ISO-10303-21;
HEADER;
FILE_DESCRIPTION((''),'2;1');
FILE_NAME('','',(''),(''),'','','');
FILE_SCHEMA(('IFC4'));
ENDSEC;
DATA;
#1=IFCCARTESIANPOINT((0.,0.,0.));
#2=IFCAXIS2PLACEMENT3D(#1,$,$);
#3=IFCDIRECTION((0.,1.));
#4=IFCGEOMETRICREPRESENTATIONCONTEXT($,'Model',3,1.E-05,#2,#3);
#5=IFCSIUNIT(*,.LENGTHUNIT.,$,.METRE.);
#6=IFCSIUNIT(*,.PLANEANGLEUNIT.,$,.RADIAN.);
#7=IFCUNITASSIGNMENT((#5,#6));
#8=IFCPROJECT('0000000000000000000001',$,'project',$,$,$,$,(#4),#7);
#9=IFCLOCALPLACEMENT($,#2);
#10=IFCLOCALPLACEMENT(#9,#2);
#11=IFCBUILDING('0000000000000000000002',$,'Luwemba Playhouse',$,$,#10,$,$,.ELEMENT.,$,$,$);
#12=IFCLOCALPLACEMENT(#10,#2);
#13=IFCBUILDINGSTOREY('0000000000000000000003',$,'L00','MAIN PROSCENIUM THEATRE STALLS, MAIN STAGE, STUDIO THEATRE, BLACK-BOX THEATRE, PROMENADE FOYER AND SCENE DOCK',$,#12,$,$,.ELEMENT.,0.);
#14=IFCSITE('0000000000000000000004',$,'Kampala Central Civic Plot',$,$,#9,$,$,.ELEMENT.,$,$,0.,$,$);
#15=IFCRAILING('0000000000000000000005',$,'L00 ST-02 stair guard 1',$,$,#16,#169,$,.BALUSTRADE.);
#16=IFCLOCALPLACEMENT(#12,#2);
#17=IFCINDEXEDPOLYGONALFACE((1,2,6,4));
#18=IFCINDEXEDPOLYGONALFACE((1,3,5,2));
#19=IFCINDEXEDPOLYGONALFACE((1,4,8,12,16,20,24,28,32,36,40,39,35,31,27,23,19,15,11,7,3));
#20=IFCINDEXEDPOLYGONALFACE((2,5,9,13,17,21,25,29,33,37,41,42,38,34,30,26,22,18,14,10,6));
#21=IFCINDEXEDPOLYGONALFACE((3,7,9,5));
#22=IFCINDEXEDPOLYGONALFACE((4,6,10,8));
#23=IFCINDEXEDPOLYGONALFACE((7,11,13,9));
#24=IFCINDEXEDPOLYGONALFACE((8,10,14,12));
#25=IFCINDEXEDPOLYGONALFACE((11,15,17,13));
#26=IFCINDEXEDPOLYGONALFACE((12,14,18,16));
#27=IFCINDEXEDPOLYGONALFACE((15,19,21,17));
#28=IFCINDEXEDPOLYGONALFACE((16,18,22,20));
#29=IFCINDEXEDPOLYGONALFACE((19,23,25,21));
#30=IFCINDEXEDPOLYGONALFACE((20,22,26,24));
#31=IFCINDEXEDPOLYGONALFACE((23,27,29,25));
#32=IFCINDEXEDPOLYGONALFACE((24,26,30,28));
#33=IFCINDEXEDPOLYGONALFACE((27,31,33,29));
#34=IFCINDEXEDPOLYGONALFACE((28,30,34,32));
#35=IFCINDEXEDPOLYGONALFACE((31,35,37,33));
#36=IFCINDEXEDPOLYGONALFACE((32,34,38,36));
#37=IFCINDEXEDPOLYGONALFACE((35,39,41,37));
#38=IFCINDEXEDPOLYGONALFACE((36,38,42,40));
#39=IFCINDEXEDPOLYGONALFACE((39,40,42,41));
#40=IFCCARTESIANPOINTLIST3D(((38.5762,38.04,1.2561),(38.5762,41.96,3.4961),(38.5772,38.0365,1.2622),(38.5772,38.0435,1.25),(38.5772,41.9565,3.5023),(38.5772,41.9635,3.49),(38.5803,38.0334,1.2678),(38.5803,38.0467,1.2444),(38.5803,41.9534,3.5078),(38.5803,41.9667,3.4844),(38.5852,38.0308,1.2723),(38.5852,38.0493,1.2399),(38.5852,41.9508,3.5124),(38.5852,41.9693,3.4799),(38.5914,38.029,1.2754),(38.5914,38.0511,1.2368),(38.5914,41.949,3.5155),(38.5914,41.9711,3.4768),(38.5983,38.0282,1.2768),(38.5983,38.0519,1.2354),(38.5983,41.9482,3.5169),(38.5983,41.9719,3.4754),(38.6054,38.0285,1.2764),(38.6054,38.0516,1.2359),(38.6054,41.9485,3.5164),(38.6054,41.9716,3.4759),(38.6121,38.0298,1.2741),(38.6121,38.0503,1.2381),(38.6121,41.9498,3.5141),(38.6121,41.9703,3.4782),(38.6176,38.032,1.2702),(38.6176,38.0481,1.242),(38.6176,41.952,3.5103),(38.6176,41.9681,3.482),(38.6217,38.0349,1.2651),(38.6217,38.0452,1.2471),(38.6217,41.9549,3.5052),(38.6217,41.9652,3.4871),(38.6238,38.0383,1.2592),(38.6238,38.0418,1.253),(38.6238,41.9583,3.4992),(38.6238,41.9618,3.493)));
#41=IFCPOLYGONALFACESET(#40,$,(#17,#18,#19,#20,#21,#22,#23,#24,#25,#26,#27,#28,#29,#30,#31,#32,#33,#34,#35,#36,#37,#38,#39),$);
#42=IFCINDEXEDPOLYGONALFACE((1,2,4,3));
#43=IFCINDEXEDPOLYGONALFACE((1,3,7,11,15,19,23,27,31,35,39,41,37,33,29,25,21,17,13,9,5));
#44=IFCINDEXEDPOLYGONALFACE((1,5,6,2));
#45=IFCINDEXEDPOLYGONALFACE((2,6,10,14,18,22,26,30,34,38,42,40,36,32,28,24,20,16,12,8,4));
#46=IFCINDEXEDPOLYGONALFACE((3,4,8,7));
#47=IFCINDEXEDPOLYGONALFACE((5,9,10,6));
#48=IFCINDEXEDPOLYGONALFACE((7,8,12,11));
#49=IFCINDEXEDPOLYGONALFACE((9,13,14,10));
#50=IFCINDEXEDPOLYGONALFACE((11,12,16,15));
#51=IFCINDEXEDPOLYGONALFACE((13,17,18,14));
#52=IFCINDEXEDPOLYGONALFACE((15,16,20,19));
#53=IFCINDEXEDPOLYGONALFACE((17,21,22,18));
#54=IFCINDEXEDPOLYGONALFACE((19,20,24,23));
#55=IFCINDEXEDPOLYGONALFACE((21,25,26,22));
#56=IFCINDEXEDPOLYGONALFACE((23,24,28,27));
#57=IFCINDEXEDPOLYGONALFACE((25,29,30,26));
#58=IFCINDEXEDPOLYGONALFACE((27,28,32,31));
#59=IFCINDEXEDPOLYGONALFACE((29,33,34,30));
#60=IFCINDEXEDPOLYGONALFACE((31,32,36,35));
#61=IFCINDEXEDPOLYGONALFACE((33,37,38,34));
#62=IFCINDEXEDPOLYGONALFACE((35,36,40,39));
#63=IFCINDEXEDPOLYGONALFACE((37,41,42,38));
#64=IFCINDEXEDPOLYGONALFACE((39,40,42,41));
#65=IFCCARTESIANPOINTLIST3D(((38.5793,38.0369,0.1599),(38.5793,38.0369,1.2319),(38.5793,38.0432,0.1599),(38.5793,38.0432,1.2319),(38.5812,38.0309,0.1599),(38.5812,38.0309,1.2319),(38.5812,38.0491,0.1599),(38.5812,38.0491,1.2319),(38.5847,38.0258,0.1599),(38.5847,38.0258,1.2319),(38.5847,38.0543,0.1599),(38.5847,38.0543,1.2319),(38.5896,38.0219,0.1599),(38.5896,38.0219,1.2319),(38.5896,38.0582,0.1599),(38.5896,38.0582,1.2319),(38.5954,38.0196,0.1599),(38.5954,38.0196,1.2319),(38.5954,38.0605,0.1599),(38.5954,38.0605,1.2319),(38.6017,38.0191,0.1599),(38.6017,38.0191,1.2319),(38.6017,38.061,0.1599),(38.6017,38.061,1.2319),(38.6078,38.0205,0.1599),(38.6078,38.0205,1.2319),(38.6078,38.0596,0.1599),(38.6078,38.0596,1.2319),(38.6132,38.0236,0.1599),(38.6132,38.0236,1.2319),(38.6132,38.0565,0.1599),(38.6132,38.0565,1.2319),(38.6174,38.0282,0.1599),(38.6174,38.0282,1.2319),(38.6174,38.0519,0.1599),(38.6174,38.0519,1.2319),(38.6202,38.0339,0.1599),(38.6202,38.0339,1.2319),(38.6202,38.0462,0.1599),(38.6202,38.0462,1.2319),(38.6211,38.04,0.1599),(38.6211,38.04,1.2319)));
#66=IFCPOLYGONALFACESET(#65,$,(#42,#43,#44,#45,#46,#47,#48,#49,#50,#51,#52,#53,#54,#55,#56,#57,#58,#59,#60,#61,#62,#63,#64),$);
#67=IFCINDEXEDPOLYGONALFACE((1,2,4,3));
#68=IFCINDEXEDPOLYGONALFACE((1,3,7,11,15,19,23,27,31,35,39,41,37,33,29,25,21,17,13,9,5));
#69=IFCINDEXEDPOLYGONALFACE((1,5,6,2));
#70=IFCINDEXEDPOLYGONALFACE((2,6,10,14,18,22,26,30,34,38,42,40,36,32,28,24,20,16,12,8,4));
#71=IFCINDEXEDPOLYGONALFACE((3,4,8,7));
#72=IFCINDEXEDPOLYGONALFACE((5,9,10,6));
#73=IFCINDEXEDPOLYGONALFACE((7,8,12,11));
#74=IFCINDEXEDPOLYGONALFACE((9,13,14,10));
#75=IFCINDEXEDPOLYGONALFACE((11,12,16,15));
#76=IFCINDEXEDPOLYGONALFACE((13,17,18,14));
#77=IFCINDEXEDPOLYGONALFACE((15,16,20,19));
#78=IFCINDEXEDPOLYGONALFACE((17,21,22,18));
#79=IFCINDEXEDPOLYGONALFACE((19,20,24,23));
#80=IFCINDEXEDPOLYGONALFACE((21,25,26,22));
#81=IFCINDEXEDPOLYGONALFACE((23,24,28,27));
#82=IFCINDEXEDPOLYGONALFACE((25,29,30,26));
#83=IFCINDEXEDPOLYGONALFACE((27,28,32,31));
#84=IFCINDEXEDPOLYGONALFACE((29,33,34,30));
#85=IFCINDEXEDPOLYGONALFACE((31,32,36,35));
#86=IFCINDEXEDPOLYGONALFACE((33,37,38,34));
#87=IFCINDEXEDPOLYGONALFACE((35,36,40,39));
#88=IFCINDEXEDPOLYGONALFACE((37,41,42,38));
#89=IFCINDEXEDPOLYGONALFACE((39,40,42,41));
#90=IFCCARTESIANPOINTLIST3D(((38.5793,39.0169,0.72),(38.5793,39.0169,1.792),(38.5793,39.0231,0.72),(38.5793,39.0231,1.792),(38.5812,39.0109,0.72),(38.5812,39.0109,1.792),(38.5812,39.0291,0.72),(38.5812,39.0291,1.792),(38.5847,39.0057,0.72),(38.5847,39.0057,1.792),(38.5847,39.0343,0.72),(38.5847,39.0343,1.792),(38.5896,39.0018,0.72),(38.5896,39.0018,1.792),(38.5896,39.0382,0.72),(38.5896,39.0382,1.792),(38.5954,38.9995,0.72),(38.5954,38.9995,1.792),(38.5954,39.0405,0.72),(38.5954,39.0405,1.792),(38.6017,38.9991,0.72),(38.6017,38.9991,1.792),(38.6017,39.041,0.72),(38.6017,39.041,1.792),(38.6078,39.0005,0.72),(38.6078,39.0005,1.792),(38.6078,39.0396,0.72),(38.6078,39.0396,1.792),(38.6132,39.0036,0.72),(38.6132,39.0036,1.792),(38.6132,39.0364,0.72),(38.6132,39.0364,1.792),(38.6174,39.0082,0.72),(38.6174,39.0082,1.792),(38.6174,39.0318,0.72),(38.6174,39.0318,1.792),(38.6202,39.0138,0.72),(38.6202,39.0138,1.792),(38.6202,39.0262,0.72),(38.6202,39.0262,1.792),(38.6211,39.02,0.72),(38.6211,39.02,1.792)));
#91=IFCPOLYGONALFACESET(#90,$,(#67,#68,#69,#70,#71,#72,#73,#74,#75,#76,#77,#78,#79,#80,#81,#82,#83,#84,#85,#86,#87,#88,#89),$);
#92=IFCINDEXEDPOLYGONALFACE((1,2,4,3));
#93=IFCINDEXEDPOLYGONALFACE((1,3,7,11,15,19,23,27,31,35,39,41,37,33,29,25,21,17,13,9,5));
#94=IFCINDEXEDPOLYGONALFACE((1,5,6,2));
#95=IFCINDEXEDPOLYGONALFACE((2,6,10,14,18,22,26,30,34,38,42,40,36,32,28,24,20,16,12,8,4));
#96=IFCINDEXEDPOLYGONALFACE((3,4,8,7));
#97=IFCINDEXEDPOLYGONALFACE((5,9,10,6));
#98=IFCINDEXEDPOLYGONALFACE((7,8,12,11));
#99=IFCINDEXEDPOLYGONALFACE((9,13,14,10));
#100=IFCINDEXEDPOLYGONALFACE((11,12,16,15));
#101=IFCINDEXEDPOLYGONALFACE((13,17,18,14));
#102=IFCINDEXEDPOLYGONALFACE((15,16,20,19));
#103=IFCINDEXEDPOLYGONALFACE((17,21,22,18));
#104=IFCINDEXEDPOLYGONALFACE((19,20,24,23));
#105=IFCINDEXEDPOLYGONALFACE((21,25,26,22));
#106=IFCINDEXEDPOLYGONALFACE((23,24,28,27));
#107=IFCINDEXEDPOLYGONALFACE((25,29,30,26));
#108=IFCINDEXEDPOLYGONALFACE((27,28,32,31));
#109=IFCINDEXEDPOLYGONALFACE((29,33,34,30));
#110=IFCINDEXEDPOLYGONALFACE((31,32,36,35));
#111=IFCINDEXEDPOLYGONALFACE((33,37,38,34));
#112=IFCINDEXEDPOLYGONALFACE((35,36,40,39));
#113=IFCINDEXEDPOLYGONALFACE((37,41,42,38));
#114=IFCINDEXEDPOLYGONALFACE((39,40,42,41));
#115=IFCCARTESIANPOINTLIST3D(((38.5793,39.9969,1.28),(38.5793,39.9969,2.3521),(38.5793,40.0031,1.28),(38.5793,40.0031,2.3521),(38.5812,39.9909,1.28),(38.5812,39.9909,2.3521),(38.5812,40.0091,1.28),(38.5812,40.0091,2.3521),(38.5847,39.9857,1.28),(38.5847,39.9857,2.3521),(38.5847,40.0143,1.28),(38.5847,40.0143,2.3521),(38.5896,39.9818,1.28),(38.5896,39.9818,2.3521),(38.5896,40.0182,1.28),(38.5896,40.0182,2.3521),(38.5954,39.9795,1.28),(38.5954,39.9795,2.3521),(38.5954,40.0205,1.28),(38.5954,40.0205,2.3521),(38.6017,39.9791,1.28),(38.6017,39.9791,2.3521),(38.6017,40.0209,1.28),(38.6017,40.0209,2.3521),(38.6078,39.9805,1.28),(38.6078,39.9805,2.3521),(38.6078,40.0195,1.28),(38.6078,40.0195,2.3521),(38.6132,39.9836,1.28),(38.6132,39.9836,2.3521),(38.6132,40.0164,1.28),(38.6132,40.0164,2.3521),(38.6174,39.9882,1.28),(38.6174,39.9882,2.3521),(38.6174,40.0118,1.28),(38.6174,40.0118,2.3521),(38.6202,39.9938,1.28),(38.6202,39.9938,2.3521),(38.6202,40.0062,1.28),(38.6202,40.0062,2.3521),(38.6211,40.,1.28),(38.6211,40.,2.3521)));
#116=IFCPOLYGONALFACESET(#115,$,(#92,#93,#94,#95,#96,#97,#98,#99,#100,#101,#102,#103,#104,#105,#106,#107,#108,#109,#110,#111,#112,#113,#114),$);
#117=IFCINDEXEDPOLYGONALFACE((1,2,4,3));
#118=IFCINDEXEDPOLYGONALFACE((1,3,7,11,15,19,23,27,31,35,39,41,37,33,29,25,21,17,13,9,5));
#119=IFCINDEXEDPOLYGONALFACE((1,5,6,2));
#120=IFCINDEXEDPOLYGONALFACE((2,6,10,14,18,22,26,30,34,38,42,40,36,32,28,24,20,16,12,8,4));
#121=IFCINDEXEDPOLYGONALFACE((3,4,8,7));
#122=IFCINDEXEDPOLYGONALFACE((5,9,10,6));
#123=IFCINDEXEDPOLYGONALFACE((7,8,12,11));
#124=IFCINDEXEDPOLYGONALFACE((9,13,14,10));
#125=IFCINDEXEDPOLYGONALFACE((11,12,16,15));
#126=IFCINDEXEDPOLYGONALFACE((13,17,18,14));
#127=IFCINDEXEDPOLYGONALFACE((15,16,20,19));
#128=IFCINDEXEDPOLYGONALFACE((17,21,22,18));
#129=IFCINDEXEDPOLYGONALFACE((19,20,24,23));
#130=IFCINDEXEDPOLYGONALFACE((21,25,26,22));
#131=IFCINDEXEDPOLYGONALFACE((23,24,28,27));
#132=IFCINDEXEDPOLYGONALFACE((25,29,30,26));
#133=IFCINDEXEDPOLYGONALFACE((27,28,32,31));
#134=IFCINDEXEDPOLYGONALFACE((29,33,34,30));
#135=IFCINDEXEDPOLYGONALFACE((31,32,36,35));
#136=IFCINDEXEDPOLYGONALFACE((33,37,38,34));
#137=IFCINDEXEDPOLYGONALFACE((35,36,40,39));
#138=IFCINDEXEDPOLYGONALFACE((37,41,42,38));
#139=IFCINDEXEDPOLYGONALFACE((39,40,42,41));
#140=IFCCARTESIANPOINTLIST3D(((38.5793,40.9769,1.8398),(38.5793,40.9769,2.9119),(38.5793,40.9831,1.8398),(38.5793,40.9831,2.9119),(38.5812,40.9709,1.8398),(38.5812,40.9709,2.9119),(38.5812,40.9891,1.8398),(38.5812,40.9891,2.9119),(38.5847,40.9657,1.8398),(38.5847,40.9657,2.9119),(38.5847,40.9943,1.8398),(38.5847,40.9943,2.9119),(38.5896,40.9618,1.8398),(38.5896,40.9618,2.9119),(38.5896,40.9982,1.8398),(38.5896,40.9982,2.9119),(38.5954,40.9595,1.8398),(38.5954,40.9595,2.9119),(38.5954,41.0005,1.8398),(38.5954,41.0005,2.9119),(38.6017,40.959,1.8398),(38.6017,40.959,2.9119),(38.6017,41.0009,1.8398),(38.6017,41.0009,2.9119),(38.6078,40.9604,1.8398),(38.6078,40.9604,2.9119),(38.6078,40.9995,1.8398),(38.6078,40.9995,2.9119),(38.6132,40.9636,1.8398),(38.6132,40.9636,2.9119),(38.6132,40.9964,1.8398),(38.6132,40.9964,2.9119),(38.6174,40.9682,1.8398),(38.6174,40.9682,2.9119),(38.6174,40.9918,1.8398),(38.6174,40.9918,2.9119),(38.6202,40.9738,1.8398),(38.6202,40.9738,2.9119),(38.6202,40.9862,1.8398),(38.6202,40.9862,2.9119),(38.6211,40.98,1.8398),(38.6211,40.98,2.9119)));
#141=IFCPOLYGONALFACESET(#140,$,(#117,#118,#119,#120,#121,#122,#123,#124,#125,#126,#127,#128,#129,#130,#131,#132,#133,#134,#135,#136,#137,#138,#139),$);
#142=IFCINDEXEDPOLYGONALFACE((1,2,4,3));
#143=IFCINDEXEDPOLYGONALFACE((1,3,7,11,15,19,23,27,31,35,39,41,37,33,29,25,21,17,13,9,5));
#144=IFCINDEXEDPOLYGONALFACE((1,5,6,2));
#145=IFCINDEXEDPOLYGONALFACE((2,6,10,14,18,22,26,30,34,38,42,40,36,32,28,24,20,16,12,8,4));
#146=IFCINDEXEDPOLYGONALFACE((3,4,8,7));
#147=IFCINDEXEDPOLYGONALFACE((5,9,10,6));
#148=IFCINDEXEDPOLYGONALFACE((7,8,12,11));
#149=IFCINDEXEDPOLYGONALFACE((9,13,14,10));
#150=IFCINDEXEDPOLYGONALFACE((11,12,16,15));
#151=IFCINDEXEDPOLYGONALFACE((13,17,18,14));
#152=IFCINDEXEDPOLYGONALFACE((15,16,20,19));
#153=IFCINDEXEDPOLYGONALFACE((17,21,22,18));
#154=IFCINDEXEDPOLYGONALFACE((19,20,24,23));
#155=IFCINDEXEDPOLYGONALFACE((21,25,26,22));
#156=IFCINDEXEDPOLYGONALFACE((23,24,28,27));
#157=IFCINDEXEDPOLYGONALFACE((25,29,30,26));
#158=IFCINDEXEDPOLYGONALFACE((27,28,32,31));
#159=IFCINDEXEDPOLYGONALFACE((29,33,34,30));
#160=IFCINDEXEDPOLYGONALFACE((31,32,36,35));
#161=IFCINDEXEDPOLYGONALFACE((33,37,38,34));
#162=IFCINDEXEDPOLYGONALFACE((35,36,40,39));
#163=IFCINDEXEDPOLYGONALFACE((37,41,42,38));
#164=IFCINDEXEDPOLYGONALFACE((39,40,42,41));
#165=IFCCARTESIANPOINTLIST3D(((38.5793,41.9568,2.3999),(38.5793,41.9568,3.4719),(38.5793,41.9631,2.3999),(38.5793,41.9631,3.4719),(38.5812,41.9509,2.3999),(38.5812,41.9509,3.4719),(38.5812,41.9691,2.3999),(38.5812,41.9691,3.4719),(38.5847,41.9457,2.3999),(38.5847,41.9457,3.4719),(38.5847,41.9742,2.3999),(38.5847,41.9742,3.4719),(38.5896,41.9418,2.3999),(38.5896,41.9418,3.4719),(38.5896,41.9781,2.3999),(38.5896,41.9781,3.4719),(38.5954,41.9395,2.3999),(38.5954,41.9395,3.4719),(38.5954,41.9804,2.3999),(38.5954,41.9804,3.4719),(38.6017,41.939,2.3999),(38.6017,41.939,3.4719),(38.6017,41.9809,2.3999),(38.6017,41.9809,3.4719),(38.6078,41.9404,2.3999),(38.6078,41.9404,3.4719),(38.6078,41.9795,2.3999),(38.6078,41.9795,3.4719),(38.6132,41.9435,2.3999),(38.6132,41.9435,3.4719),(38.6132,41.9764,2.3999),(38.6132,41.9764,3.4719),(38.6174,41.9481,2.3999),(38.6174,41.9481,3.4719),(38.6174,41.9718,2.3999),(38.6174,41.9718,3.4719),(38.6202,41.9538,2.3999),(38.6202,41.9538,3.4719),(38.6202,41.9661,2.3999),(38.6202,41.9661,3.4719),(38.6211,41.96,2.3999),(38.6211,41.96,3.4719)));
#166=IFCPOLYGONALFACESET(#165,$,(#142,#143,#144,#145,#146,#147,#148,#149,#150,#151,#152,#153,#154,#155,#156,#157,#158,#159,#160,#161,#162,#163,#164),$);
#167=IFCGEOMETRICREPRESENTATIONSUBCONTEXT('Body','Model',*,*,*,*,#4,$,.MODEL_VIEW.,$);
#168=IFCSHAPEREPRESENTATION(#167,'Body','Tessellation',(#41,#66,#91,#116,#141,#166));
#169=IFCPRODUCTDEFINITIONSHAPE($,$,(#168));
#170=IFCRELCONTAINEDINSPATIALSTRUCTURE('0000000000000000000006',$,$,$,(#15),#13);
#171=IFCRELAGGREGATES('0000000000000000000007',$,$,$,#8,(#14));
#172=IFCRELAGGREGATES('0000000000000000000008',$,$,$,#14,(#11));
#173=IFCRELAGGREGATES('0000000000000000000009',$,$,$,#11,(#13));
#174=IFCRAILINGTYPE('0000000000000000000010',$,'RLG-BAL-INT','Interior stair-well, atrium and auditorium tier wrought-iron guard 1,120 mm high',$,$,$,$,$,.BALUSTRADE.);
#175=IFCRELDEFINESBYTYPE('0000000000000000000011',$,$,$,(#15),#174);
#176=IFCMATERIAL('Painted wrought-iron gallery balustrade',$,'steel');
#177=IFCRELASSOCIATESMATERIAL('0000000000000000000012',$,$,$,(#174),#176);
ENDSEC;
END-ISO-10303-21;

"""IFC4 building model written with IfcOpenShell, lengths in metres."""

from ifc_helpers import new_model, si_unit, direction, frame, origin, origin_2d, place, context, subcontext, project, spatial, circle, extrude, material, type_object, element, save


model = new_model("IFC4")

# Units and contexts
model_context = context("Model", 3, precision=1e-05, world=origin(), true_north=direction((0.0, 1.0)))
body_context = subcontext(model_context, "Body", "Model", "MODEL_VIEW")
ifc_project = project(units=[si_unit("LENGTHUNIT", "METRE"), si_unit("PLANEANGLEUNIT", "RADIAN")], contexts=[model_context])

# Site, building, storey
site_placement = place(None, origin())
site = spatial("IfcSite", under=ifc_project, at=site_placement, Name="Kampala Central Civic Plot", CompositionType="ELEMENT", RefElevation=0.0)
building_placement = place(site_placement, origin())
building = spatial("IfcBuilding", under=site, at=building_placement, Name="Luwemba Playhouse", CompositionType="ELEMENT")
storey_placement = place(building_placement, origin())
storey = spatial("IfcBuildingStorey", under=building, at=storey_placement, Name="L00", Description="MAIN PROSCENIUM THEATRE STALLS, MAIN STAGE, STUDIO THEATRE, BLACK-BOX THEATRE, PROMENADE FOYER AND SCENE DOCK", CompositionType="ELEMENT", Elevation=0.0)

# Railing
ifc_material_1 = material(Name="Painted wrought-iron gallery balustrade", Category="steel")
railing_type_1 = type_object("IfcRailingType", Name="RLG-BAL-INT", Description="Interior stair-well, atrium and auditorium tier wrought-iron guard 1,120 mm high", PredefinedType="BALUSTRADE", material=ifc_material_1)
railing_1_placement = place(storey_placement, frame((38.6001, 38.04, 0.1599)))
element("IfcRailing", 1, at=railing_1_placement, inside=storey, type_object=railing_type_1, Name="L00 ST-02 stair guard 1", PredefinedType="BALUSTRADE", context=body_context, shape_type="SweptSolid", body=[
    extrude(circle(Radius=0.0239, at=origin_2d()), frame((0.0, 0.0, 1.0962), z_axis=(0.0, 0.86824, 0.496145), x_axis=(-1.0, 0.0, 0.0)), (0.0, 0.0, 1.0), 4.5149),
    extrude(circle(Radius=0.021, at=origin_2d()), origin(), (0.0, 0.0, 1.0), 1.072),
    extrude(circle(Radius=0.021, at=origin_2d()), frame((0.0, 0.98, 0.5601)), (0.0, 0.0, 1.0), 1.072),
    extrude(circle(Radius=0.021, at=origin_2d()), frame((0.0, 1.96, 1.1201)), (0.0, 0.0, 1.0), 1.072),
    extrude(circle(Radius=0.021, at=origin_2d()), frame((0.0, 2.9399, 1.6799)), (0.0, 0.0, 1.0), 1.072),
    extrude(circle(Radius=0.021, at=origin_2d()), frame((0.0, 3.9199, 2.24)), (0.0, 0.0, 1.0), 1.072),
])

save(model, "model.ifc")
